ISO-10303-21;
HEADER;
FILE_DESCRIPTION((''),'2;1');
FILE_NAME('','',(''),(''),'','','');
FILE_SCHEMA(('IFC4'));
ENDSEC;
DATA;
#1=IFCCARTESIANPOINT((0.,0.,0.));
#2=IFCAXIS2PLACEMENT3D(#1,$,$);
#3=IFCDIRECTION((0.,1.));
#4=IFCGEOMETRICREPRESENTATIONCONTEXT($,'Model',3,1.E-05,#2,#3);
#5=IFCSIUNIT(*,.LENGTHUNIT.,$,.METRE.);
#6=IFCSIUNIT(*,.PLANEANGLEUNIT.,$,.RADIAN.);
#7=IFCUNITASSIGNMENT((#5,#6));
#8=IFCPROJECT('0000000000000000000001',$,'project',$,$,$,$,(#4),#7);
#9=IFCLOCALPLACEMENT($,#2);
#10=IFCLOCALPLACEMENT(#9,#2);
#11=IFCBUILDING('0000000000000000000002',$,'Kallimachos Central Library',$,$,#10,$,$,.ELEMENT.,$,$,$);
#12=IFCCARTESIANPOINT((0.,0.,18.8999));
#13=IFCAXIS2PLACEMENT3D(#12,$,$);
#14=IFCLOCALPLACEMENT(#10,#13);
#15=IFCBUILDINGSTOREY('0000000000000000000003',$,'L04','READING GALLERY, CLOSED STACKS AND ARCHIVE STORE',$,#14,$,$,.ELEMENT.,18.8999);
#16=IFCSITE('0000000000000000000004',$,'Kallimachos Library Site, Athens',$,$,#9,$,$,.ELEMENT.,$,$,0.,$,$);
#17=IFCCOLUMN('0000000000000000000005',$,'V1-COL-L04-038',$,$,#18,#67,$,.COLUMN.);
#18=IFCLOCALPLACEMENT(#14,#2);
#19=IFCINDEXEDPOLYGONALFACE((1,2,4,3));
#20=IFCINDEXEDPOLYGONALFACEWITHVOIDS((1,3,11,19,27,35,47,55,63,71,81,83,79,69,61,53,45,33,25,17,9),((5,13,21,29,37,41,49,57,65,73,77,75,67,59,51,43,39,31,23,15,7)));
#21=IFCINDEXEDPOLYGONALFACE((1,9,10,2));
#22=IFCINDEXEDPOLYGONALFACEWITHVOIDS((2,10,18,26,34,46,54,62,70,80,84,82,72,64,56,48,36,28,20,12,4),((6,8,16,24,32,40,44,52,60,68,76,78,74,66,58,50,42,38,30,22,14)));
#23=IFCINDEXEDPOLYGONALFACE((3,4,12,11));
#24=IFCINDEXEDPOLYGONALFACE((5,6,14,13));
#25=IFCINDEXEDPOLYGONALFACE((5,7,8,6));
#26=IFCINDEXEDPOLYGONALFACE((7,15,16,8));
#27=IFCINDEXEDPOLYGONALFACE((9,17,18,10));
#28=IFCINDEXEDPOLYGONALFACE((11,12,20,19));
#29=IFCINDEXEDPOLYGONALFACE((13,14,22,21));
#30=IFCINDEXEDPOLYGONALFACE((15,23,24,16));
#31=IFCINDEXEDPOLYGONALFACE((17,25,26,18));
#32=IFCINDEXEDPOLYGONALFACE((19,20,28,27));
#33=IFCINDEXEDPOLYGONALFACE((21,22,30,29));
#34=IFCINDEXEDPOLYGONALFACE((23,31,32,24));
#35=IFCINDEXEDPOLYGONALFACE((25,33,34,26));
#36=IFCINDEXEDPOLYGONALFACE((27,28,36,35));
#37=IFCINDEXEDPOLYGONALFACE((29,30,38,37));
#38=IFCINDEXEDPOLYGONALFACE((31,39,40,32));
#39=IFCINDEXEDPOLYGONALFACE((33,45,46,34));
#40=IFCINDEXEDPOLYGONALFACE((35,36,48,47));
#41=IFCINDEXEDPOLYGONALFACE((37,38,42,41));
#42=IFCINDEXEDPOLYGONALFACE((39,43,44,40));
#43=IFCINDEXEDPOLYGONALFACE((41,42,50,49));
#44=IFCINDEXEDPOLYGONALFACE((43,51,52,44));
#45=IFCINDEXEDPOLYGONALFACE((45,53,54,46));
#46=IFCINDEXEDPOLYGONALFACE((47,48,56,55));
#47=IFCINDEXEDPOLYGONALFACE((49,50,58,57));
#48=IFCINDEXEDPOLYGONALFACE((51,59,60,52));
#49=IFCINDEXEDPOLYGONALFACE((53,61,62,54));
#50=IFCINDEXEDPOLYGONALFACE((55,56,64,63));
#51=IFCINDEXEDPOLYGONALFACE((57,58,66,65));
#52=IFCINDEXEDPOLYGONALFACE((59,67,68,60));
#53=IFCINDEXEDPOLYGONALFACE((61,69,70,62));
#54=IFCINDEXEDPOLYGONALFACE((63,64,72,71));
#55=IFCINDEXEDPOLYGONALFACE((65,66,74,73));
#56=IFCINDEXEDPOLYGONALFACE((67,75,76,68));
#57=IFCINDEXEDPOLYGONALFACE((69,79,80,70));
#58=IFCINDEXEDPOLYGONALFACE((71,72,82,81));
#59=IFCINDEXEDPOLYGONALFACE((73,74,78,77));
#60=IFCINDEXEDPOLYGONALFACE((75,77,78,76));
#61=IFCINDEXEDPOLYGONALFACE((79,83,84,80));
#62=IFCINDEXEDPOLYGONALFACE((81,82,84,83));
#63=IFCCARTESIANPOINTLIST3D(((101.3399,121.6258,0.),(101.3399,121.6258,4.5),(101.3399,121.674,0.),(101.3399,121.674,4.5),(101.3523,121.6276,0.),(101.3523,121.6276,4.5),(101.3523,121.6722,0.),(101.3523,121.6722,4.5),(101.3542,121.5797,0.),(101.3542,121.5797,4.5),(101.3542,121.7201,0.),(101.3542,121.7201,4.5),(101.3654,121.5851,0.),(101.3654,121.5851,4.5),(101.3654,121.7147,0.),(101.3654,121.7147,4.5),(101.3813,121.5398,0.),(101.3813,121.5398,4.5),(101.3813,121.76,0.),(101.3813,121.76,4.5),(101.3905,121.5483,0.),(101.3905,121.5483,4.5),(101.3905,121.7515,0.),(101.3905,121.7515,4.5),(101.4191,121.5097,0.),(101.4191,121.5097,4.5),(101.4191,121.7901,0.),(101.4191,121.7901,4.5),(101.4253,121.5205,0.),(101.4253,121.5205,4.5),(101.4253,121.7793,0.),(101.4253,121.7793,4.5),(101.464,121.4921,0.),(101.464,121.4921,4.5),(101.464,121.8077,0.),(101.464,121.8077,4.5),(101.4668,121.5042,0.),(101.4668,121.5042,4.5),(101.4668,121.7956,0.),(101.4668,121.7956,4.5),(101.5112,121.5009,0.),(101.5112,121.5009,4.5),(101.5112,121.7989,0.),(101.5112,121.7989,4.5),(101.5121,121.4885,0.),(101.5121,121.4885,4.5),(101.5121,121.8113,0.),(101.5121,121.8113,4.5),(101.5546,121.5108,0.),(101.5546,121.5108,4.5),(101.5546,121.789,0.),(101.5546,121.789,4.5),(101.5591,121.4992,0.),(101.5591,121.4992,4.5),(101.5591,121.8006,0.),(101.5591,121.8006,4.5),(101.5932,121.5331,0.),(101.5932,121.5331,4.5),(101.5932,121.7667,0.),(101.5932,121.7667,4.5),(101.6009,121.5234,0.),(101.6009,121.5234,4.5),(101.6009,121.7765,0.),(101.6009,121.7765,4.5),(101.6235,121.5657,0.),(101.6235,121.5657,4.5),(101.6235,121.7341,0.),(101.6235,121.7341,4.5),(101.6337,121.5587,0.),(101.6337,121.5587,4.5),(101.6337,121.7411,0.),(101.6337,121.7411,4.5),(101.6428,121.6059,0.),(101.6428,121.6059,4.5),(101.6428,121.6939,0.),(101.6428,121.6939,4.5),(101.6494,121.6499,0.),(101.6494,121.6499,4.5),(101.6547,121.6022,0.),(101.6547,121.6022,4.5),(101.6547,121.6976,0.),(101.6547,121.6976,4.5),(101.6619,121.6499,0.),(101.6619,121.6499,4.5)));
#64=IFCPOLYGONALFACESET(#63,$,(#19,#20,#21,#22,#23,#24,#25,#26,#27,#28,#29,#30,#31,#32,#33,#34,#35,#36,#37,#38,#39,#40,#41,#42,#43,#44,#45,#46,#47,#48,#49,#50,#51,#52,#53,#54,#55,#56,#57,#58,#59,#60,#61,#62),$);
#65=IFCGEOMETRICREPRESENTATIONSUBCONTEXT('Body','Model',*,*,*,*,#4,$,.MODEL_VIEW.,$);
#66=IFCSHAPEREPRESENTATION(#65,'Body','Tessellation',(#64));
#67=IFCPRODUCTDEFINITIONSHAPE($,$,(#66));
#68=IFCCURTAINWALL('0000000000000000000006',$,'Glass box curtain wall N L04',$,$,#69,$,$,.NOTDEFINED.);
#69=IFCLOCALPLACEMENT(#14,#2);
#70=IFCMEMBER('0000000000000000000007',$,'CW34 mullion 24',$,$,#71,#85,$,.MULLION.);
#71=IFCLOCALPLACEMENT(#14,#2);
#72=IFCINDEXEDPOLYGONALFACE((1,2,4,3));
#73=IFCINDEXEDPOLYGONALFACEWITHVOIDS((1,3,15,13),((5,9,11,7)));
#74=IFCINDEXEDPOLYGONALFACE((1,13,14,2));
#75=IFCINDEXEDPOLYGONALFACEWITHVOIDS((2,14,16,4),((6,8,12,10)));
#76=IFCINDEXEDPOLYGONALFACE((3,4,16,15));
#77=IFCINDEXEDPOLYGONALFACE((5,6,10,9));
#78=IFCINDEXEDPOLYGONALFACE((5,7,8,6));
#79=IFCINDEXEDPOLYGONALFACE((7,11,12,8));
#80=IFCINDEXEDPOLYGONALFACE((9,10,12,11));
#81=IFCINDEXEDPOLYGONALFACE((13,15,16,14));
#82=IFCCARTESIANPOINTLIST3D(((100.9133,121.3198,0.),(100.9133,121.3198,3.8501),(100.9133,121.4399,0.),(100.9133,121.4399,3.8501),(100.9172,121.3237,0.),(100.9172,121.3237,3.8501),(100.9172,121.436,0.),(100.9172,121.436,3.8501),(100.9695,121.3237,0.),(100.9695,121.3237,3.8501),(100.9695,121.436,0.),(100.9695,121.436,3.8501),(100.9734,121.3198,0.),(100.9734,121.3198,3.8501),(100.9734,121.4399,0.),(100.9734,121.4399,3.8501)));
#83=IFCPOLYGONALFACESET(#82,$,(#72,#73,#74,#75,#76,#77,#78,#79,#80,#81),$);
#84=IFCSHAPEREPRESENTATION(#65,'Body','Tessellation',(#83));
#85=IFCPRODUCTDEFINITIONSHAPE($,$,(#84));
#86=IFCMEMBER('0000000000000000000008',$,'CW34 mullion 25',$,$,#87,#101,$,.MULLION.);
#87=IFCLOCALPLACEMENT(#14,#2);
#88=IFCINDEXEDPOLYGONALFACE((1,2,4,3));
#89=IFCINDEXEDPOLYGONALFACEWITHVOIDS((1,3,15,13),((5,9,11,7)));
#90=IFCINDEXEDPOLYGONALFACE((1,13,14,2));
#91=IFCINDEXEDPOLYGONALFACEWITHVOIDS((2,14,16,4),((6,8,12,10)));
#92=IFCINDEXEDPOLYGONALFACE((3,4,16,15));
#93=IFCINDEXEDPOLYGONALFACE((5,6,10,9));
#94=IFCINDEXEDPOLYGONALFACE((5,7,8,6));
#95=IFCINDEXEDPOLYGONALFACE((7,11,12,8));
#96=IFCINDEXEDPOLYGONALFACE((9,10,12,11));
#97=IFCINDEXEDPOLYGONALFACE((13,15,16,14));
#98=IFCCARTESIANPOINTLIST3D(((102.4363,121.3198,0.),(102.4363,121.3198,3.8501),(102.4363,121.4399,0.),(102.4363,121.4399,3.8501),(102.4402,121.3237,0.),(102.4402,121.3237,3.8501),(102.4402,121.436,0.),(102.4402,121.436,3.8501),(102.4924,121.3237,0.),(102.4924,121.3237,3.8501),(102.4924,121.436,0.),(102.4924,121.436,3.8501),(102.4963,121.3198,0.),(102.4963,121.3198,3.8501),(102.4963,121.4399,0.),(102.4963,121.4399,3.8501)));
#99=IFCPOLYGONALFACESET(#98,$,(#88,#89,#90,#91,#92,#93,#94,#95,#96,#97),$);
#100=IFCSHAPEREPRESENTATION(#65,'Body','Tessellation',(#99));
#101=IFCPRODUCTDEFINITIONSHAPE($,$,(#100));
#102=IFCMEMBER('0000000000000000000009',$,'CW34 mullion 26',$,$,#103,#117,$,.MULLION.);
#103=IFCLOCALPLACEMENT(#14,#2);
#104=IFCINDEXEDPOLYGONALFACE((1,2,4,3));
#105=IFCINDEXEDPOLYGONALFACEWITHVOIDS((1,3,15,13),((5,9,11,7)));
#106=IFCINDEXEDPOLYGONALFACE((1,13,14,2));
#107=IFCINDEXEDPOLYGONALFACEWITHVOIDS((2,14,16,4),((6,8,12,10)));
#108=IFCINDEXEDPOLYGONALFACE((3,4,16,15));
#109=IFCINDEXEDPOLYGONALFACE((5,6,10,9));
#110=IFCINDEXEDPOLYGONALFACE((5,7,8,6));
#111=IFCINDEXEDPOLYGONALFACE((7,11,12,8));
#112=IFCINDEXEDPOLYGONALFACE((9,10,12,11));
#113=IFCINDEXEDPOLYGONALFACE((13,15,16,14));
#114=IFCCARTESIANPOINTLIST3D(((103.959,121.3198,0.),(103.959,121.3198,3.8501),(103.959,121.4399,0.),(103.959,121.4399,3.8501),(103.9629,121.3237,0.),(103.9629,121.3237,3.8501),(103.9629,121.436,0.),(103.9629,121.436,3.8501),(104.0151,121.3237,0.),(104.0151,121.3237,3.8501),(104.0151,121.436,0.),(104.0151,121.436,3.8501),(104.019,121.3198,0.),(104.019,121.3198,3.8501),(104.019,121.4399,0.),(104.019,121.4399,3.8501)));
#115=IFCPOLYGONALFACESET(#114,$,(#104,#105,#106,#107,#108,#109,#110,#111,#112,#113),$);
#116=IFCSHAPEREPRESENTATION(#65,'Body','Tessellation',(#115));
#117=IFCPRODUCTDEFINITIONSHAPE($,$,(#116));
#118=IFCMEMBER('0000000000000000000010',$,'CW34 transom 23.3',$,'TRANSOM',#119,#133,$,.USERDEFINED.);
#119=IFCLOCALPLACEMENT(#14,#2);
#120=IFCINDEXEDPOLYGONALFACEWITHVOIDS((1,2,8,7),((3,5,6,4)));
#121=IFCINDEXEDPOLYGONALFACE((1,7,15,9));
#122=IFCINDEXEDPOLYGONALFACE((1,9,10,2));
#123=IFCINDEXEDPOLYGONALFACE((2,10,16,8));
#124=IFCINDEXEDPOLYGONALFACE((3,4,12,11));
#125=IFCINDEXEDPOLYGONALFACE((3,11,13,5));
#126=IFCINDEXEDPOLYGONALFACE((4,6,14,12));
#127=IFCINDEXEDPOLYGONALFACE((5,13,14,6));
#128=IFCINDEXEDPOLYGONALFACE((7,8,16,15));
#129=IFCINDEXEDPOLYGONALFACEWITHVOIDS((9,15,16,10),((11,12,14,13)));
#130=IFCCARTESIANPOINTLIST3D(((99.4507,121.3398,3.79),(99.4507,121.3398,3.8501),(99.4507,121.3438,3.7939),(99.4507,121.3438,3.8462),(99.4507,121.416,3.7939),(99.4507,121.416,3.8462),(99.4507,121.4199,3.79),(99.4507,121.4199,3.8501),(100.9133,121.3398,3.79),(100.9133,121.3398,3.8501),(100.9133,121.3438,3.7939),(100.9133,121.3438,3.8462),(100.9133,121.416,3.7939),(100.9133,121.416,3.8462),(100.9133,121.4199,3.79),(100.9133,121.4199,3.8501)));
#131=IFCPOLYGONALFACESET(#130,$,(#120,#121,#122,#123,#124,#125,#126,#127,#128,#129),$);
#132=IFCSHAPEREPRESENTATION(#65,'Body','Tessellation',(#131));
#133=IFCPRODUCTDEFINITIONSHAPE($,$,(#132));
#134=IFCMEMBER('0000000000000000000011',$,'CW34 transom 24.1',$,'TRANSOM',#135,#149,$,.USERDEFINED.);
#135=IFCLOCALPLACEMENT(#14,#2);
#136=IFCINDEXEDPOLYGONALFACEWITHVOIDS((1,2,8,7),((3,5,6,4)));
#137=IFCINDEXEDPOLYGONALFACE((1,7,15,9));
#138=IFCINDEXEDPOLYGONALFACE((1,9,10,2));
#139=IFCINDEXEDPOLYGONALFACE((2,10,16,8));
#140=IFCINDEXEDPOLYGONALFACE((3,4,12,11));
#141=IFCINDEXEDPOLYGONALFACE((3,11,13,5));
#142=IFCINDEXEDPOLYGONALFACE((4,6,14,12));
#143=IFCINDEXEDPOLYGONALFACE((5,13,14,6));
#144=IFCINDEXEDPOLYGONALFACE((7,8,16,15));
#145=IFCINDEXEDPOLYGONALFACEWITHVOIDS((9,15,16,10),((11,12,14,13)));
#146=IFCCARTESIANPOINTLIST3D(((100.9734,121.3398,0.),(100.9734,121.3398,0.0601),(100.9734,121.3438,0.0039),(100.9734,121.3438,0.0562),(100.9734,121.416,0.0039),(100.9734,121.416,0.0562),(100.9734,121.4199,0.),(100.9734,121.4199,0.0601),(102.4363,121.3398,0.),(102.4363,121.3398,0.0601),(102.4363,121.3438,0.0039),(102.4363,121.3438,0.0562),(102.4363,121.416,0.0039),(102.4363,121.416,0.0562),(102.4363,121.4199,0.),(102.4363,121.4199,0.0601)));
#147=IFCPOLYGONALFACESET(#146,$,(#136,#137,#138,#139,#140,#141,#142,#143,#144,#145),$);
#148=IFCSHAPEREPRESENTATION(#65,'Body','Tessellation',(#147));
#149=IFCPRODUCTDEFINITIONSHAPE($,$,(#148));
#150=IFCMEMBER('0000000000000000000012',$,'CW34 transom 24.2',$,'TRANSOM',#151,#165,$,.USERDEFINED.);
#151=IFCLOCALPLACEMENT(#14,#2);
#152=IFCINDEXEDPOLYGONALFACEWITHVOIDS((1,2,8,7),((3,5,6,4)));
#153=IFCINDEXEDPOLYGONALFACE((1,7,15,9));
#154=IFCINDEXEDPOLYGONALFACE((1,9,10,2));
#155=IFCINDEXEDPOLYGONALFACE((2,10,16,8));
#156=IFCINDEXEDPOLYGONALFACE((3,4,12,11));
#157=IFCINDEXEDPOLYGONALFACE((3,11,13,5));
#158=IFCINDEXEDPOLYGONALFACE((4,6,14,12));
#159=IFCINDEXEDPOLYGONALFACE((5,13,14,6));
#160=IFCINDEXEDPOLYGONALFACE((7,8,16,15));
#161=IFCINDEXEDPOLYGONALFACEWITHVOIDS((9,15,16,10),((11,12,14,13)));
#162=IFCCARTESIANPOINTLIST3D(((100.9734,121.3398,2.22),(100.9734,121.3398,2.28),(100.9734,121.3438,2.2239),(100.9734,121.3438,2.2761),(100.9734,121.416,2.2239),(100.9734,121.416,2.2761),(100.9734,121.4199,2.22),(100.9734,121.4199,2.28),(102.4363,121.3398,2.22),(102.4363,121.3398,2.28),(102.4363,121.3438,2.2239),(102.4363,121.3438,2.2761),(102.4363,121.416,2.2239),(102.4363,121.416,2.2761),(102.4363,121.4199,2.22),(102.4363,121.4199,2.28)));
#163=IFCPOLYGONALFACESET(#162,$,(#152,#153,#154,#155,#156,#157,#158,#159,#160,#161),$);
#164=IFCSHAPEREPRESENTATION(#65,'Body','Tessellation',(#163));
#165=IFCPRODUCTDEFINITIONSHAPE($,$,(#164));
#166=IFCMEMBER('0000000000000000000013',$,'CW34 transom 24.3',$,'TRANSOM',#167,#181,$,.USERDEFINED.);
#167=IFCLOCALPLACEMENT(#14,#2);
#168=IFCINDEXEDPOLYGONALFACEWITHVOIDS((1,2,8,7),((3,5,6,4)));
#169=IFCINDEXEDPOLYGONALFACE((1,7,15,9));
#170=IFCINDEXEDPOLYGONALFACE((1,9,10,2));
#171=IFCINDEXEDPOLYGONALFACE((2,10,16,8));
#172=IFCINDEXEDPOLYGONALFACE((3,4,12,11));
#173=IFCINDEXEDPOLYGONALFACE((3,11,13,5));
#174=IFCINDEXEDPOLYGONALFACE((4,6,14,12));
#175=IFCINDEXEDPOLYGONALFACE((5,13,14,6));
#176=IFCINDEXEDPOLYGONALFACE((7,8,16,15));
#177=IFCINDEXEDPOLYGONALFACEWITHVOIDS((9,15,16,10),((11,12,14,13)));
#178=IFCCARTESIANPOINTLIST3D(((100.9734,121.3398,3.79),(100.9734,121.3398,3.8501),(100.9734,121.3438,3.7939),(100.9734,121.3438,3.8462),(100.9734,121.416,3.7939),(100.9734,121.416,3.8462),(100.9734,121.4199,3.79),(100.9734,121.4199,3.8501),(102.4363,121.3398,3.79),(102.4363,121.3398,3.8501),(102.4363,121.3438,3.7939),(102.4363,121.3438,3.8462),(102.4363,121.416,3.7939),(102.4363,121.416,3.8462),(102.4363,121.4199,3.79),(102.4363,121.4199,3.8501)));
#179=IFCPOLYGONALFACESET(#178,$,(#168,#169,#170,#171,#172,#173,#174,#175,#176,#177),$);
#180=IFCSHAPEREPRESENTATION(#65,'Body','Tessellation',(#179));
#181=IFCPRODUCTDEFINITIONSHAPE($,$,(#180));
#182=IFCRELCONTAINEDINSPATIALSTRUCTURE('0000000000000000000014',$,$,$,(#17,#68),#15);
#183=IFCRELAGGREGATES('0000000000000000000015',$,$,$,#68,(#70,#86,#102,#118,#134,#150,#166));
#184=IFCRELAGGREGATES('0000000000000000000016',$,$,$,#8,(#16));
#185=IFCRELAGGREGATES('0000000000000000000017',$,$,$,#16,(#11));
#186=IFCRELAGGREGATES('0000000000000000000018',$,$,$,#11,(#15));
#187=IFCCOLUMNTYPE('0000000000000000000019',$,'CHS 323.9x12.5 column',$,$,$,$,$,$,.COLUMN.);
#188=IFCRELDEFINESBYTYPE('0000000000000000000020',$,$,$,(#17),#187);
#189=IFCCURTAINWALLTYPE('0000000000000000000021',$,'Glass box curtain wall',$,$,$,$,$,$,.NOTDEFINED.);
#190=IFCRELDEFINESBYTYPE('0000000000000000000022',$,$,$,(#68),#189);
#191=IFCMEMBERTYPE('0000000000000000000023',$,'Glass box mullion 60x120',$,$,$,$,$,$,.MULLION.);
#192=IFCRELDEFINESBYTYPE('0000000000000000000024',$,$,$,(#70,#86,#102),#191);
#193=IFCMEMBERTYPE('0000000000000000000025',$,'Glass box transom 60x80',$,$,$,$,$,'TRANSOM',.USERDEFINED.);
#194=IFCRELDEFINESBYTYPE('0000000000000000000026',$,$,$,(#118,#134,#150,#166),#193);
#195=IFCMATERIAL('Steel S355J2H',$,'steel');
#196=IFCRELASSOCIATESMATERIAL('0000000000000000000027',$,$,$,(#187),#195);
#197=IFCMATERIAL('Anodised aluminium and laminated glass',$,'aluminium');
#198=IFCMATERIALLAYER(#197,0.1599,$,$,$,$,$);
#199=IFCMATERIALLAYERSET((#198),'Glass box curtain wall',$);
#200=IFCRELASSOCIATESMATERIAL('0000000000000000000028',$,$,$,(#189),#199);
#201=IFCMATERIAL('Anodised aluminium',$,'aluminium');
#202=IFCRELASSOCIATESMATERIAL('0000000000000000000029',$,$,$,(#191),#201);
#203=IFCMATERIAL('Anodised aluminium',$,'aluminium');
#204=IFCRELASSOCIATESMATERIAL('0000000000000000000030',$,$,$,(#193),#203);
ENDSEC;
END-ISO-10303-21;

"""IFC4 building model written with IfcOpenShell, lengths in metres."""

from ifc_helpers import new_model, si_unit, direction, frame, origin, origin_2d, place, context, subcontext, project, spatial, hollow_rectangle, hollow_circle, extrude, material, layer, layer_set, material_profile, profile_set, type_object, element, aggregate, save


model = new_model("IFC4")

# Units and contexts
model_context = context("Model", 3, precision=1e-05, world=origin(), true_north=direction((0.0, 1.0)))
body_context = subcontext(model_context, "Body", "Model", "MODEL_VIEW")
ifc_project = project(units=[si_unit("LENGTHUNIT", "METRE"), si_unit("PLANEANGLEUNIT", "RADIAN")], contexts=[model_context])

# Site, building, storey
site_placement = place(None, origin())
site = spatial("IfcSite", under=ifc_project, at=site_placement, Name="Kallimachos Library Site, Athens", CompositionType="ELEMENT", RefElevation=0.0)
building_placement = place(site_placement, origin())
building = spatial("IfcBuilding", under=site, at=building_placement, Name="Kallimachos Central Library", CompositionType="ELEMENT")
storey_placement = place(building_placement, frame((0.0, 0.0, 18.8999)))
storey = spatial("IfcBuildingStorey", under=building, at=storey_placement, Name="L04", Description="READING GALLERY, CLOSED STACKS AND ARCHIVE STORE", CompositionType="ELEMENT", Elevation=18.8999)

# Column
ifc_material_1 = material(Name="Steel S355J2H", Category="steel")
ifc_material_profile_1 = material_profile(ifc_material_1, hollow_circle(Radius=0.1619, WallThickness=0.0125, at=origin_2d()), Name="CHS 323.9x12.5")
ifc_profile_set_1 = profile_set([ifc_material_profile_1], Name="Steel S355J2H")
column_type = type_object("IfcColumnType", Name="CHS 323.9x12.5 column", PredefinedType="COLUMN", material=ifc_profile_set_1)
column_placement = place(storey_placement, frame((101.5, 121.6499, 0.0), z_axis=(0.0, 0.0, 1.0), x_axis=(1.0, 0.0, 0.0)))
element("IfcColumn", 1, at=column_placement, inside=storey, type_object=column_type, Name="V1-COL-L04-038", PredefinedType="COLUMN", context=body_context, shape_type="SweptSolid", body=[
    extrude(hollow_circle(Radius=0.1619, WallThickness=0.0125, at=origin_2d()), origin(), (0.0, 0.0, 1.0), 4.5),
])

# Curtain wall, members
ifc_material_2 = material(Name="Anodised aluminium and laminated glass", Category="aluminium")
ifc_layer_1 = layer(ifc_material_2, 0.1599)
ifc_layer_set_1 = layer_set([ifc_layer_1], Name="Glass box curtain wall")
curtain_wall_type = type_object("IfcCurtainWallType", Name="Glass box curtain wall", PredefinedType="NOTDEFINED", material=ifc_layer_set_1)
curtain_wall_placement = place(storey_placement, origin())
curtain_wall = element("IfcCurtainWall", 2, at=curtain_wall_placement, inside=storey, type_object=curtain_wall_type, Name="Glass box curtain wall N L04", PredefinedType="NOTDEFINED")
ifc_material_3 = material(Name="Anodised aluminium", Category="aluminium")
ifc_material_profile_2 = material_profile(ifc_material_3, hollow_rectangle(XDim=0.0601, YDim=0.1201, WallThickness=0.0039, at=origin_2d()), Name="ALU MULLION 60x120")
ifc_profile_set_2 = profile_set([ifc_material_profile_2], Name="Anodised aluminium")
member_type_1 = type_object("IfcMemberType", Name="Glass box mullion 60x120", PredefinedType="MULLION", material=ifc_profile_set_2)
member_1_placement = place(storey_placement, frame((100.9434, 121.3799, 0.0), z_axis=(0.0, 0.0, 1.0), x_axis=(1.0, 0.0, 0.0)))
member_1 = element("IfcMember", 3, at=member_1_placement, type_object=member_type_1, Name="CW34 mullion 24", PredefinedType="MULLION", context=body_context, shape_type="SweptSolid", body=[
    extrude(hollow_rectangle(XDim=0.0601, YDim=0.1201, WallThickness=0.0039, at=origin_2d()), origin(), (0.0, 0.0, 1.0), 3.8501),
])
member_2_placement = place(storey_placement, frame((102.4663, 121.3799, 0.0), z_axis=(0.0, 0.0, 1.0), x_axis=(1.0, 0.0, 0.0)))
member_2 = element("IfcMember", 4, at=member_2_placement, type_object=member_type_1, Name="CW34 mullion 25", PredefinedType="MULLION", context=body_context, shape_type="SweptSolid", body=[
    extrude(hollow_rectangle(XDim=0.0601, YDim=0.1201, WallThickness=0.0039, at=origin_2d()), origin(), (0.0, 0.0, 1.0), 3.8501),
])
member_3_placement = place(storey_placement, frame((103.989, 121.3799, 0.0), z_axis=(0.0, 0.0, 1.0), x_axis=(1.0, 0.0, 0.0)))
member_3 = element("IfcMember", 5, at=member_3_placement, type_object=member_type_1, Name="CW34 mullion 26", PredefinedType="MULLION", context=body_context, shape_type="SweptSolid", body=[
    extrude(hollow_rectangle(XDim=0.0601, YDim=0.1201, WallThickness=0.0039, at=origin_2d()), origin(), (0.0, 0.0, 1.0), 3.8501),
])
ifc_material_4 = material(Name="Anodised aluminium", Category="aluminium")
ifc_material_profile_3 = material_profile(ifc_material_4, hollow_rectangle(XDim=0.0601, YDim=0.0801, WallThickness=0.0039, at=origin_2d()), Name="ALU TRANSOM 60x80")
ifc_profile_set_3 = profile_set([ifc_material_profile_3], Name="Anodised aluminium")
member_type_2 = type_object("IfcMemberType", Name="Glass box transom 60x80", ElementType="TRANSOM", PredefinedType="USERDEFINED", material=ifc_profile_set_3)
member_4_placement = place(storey_placement, frame((99.4507, 121.3799, 3.8201), z_axis=(1.0, 0.0, 0.0), x_axis=(0.0, 0.0, 1.0)))
member_4 = element("IfcMember", 6, at=member_4_placement, type_object=member_type_2, Name="CW34 transom 23.3", ObjectType="TRANSOM", PredefinedType="USERDEFINED", context=body_context, shape_type="SweptSolid", body=[
    extrude(hollow_rectangle(XDim=0.0601, YDim=0.0801, WallThickness=0.0039, at=origin_2d()), origin(), (0.0, 0.0, 1.0), 1.4626),
])
member_5_placement = place(storey_placement, frame((100.9734, 121.3799, 0.03), z_axis=(1.0, 0.0, 0.0), x_axis=(0.0, 0.0, 1.0)))
member_5 = element("IfcMember", 7, at=member_5_placement, type_object=member_type_2, Name="CW34 transom 24.1", ObjectType="TRANSOM", PredefinedType="USERDEFINED", context=body_context, shape_type="SweptSolid", body=[
    extrude(hollow_rectangle(XDim=0.0601, YDim=0.0801, WallThickness=0.0039, at=origin_2d()), origin(), (0.0, 0.0, 1.0), 1.4629),
])
member_6_placement = place(storey_placement, frame((100.9734, 121.3799, 2.25), z_axis=(1.0, 0.0, 0.0), x_axis=(0.0, 0.0, 1.0)))
member_6 = element("IfcMember", 8, at=member_6_placement, type_object=member_type_2, Name="CW34 transom 24.2", ObjectType="TRANSOM", PredefinedType="USERDEFINED", context=body_context, shape_type="SweptSolid", body=[
    extrude(hollow_rectangle(XDim=0.0601, YDim=0.0801, WallThickness=0.0039, at=origin_2d()), origin(), (0.0, 0.0, 1.0), 1.4629),
])
member_7_placement = place(storey_placement, frame((100.9734, 121.3799, 3.8201), z_axis=(1.0, 0.0, 0.0), x_axis=(0.0, 0.0, 1.0)))
member_7 = element("IfcMember", 9, at=member_7_placement, type_object=member_type_2, Name="CW34 transom 24.3", ObjectType="TRANSOM", PredefinedType="USERDEFINED", context=body_context, shape_type="SweptSolid", body=[
    extrude(hollow_rectangle(XDim=0.0601, YDim=0.0801, WallThickness=0.0039, at=origin_2d()), origin(), (0.0, 0.0, 1.0), 1.4629),
])

aggregate(curtain_wall, [member_1, member_2, member_3, member_4, member_5, member_6, member_7])

save(model, "model.ifc")
